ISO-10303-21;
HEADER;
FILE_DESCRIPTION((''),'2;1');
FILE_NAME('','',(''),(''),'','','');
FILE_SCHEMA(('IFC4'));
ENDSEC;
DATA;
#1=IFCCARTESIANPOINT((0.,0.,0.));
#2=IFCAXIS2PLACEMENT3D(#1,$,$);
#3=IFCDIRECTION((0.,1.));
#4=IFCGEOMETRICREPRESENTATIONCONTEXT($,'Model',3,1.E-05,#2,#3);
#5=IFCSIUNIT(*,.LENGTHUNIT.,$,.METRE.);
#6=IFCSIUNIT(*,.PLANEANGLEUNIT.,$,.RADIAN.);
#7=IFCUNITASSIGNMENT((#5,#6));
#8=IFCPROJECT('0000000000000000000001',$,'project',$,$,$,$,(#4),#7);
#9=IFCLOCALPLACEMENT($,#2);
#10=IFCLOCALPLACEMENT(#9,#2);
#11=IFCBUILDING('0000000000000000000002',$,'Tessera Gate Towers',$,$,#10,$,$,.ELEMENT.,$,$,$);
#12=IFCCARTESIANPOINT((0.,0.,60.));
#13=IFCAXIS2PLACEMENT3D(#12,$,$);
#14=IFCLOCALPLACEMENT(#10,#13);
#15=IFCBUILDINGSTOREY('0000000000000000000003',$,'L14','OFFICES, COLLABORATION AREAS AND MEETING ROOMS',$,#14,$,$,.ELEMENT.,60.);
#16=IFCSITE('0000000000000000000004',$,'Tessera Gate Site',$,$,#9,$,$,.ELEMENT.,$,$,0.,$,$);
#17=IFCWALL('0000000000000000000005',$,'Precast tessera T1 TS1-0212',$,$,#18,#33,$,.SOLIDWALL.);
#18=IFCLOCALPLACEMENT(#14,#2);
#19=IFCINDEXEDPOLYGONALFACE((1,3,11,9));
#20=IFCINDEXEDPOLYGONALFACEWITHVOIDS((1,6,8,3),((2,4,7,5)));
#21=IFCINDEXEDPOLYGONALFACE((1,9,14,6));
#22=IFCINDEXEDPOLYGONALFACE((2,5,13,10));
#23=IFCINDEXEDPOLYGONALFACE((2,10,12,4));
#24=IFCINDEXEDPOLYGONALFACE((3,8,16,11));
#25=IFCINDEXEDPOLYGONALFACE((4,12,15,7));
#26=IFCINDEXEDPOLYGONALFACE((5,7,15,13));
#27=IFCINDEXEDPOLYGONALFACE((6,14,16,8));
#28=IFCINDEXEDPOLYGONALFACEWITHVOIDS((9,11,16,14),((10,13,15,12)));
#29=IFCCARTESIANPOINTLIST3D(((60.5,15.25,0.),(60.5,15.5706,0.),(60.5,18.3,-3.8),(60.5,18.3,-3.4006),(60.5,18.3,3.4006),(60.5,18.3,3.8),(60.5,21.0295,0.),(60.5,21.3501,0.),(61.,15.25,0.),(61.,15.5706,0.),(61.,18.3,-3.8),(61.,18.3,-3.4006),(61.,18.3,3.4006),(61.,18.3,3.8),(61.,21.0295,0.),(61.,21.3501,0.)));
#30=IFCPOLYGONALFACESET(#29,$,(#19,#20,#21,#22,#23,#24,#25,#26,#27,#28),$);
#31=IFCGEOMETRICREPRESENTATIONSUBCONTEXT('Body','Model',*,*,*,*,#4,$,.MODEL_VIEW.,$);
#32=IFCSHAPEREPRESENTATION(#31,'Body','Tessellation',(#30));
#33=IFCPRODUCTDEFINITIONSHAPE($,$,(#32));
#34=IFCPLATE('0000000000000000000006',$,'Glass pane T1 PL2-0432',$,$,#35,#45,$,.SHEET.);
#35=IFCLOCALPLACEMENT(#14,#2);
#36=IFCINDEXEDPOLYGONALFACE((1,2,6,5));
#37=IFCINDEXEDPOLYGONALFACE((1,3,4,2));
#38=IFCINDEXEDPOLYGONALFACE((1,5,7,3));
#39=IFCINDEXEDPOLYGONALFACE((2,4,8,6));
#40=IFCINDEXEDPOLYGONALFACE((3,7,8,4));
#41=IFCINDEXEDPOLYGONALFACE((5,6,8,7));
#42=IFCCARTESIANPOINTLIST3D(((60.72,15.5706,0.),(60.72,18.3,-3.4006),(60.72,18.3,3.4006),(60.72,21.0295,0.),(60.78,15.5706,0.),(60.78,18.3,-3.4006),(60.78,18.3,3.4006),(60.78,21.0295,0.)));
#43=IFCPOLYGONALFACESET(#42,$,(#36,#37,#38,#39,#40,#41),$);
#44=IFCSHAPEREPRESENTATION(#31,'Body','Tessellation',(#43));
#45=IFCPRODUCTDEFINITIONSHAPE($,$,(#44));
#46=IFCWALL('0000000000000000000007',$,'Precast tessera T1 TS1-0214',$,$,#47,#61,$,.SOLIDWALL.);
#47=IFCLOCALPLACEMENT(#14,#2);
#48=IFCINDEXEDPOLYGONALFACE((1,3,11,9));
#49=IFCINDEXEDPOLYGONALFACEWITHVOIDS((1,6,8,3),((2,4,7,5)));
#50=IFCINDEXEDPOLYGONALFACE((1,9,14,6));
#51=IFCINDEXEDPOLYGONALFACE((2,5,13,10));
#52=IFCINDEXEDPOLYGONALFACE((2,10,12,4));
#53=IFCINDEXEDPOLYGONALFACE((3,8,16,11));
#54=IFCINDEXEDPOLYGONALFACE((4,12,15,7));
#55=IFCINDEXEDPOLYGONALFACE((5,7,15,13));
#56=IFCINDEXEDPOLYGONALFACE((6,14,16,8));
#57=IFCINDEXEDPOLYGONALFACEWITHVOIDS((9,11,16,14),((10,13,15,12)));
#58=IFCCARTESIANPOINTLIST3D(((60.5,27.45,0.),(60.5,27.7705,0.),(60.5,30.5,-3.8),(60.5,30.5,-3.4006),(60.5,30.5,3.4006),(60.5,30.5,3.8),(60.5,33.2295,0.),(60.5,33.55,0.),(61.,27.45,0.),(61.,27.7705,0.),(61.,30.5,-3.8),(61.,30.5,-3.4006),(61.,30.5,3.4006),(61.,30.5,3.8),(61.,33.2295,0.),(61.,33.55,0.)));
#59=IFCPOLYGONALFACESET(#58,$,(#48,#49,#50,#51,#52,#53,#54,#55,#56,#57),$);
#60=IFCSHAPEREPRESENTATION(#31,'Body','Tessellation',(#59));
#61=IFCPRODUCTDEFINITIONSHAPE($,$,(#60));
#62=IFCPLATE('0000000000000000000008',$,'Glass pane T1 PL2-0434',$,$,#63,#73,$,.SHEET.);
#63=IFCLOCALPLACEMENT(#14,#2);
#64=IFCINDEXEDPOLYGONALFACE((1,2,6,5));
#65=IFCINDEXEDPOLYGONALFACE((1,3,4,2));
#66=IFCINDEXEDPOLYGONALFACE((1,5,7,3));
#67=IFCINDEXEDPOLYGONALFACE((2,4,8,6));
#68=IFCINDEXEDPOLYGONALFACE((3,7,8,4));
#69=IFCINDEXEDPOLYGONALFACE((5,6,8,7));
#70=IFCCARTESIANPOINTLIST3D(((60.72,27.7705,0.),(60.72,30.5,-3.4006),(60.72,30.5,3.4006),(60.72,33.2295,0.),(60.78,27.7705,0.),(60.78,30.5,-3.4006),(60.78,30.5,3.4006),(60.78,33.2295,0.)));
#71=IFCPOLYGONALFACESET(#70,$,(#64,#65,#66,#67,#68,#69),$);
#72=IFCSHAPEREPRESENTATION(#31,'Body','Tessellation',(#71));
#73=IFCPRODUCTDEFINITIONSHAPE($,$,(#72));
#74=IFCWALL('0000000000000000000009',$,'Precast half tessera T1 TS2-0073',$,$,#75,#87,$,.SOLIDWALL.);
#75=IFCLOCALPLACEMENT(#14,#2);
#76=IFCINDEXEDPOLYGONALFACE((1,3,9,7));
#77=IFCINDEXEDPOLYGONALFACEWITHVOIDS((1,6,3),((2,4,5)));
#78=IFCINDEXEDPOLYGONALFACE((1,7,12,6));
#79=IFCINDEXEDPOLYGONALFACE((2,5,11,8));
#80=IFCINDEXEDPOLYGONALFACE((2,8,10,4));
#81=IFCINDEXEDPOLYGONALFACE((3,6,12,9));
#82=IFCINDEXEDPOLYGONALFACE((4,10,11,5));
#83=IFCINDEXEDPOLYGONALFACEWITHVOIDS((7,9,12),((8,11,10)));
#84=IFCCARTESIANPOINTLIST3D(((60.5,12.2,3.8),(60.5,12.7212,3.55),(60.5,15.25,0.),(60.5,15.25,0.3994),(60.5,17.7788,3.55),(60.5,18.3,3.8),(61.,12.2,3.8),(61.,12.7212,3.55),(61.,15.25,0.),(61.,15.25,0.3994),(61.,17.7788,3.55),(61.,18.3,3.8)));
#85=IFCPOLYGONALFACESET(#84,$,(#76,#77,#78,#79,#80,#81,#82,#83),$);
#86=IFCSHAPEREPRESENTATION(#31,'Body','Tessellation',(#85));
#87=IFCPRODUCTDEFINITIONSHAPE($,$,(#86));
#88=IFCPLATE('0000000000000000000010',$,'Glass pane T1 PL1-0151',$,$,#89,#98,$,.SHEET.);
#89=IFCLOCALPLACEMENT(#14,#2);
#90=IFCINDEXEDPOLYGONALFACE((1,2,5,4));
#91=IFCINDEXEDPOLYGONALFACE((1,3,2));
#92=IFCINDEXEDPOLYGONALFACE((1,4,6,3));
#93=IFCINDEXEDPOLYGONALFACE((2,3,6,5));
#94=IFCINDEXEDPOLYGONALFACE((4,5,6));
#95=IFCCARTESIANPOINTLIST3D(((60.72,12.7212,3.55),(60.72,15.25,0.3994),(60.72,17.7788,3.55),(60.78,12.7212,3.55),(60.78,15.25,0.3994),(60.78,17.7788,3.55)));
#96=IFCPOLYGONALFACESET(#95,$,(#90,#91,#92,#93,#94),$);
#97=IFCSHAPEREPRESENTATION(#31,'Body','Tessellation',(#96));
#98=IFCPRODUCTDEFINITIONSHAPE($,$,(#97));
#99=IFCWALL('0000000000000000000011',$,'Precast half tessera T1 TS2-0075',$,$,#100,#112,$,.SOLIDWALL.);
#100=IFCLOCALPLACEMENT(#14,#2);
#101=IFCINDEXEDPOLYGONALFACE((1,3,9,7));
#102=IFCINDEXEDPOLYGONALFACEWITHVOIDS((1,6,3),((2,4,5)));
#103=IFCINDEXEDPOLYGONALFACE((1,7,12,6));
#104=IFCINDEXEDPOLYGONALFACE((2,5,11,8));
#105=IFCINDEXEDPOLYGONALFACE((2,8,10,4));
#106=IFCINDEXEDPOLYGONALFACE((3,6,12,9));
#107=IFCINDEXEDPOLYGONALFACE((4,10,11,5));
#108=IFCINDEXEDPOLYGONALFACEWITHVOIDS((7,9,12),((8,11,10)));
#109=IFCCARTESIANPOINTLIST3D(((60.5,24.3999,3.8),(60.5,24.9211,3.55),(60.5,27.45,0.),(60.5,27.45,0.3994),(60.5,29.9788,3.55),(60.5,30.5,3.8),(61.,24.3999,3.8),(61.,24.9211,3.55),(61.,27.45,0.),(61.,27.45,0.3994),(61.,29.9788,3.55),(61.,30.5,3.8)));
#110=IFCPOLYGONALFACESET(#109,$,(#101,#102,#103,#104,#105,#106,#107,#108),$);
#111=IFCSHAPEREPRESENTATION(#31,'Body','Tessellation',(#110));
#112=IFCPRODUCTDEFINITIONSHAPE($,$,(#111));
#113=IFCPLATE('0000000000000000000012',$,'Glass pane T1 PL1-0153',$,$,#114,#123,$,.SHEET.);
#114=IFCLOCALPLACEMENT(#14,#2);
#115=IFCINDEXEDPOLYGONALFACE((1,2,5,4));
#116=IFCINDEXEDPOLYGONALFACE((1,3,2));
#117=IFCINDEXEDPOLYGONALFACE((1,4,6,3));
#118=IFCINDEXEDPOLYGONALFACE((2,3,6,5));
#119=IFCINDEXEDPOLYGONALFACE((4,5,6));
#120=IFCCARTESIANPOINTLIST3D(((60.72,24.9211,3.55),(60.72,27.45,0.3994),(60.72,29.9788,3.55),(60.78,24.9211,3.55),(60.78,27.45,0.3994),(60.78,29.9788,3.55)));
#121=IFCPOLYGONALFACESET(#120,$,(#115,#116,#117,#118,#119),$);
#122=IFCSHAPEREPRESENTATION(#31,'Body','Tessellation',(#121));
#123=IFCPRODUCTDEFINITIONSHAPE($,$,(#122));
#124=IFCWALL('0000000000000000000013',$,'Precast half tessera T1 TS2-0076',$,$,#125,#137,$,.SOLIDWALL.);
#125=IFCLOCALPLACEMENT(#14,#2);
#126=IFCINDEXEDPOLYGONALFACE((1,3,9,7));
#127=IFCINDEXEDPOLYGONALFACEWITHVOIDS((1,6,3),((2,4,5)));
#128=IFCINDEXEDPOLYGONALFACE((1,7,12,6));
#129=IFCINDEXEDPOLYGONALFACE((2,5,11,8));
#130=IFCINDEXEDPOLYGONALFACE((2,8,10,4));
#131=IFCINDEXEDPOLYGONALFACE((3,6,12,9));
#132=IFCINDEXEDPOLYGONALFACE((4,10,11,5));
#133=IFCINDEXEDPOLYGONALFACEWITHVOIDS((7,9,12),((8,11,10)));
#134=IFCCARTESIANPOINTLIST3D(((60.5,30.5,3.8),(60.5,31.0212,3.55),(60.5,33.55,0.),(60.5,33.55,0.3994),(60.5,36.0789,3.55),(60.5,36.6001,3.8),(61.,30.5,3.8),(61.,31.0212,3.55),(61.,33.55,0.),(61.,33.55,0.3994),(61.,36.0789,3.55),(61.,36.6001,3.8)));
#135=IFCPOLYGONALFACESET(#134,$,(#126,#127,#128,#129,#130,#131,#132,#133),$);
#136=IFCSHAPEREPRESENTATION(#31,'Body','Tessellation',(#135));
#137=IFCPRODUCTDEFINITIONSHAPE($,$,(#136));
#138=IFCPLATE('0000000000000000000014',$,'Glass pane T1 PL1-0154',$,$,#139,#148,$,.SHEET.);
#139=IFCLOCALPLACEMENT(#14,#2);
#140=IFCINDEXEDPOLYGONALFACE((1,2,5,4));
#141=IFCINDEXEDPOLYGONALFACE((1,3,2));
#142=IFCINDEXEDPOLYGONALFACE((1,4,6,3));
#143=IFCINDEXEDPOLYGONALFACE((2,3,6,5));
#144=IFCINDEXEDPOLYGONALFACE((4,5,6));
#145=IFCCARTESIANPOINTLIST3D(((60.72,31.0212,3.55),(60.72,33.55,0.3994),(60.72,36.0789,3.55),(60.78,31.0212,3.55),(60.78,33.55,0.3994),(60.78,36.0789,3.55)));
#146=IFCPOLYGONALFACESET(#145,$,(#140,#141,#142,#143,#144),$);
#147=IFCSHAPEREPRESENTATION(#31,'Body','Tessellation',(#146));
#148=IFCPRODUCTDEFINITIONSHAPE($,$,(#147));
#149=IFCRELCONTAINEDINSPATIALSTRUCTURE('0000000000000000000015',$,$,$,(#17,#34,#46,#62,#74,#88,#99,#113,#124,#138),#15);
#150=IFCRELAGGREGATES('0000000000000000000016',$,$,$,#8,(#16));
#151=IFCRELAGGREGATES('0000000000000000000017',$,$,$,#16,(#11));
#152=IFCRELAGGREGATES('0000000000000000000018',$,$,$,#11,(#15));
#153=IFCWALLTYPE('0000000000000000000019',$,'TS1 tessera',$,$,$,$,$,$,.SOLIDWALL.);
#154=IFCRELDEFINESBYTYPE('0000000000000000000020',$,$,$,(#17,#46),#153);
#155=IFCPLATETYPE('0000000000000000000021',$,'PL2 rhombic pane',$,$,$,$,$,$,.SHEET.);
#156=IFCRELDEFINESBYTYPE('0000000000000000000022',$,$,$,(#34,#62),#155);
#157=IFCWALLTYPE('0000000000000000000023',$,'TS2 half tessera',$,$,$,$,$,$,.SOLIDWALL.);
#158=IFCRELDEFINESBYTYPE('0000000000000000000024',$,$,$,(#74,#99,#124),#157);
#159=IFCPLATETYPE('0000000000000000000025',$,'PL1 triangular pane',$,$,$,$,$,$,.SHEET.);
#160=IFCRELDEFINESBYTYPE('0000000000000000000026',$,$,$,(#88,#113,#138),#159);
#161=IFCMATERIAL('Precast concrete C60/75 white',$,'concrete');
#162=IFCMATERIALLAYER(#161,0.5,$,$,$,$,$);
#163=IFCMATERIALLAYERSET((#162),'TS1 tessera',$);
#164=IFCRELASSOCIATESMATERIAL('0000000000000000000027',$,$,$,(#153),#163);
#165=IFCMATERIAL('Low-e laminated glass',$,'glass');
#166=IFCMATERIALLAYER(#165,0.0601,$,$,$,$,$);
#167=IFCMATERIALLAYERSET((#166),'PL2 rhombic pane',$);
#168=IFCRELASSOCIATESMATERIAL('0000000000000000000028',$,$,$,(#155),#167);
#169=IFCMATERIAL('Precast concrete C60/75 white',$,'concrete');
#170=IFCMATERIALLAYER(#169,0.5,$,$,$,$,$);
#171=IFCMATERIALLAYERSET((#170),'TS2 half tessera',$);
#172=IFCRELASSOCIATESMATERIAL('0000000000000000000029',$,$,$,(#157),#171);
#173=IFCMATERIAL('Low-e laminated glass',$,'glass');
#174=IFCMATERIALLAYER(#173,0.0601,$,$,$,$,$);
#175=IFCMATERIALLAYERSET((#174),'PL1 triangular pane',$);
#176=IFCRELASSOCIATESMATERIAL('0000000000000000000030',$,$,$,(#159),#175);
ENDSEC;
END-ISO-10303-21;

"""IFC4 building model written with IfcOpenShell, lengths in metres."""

from ifc_helpers import new_model, si_unit, direction, frame, origin, place, context, subcontext, project, spatial, polyline, outline, extrude, source, transform, mapped, material, layer, layer_set, type_object, element, fill, save


model = new_model("IFC4")

# Units and contexts
model_context = context("Model", 3, precision=1e-05, world=origin(), true_north=direction((0.0, 1.0)))
body_context = subcontext(model_context, "Body", "Model", "MODEL_VIEW")
ifc_project = project(units=[si_unit("LENGTHUNIT", "METRE"), si_unit("PLANEANGLEUNIT", "RADIAN")], contexts=[model_context])

# Site, building, storey
site_placement = place(None, origin())
site = spatial("IfcSite", under=ifc_project, at=site_placement, Name="Tessera Gate Site", CompositionType="ELEMENT", RefElevation=0.0)
building_placement = place(site_placement, origin())
building = spatial("IfcBuilding", under=site, at=building_placement, Name="Tessera Gate Towers", CompositionType="ELEMENT")
storey_placement = place(building_placement, frame((0.0, 0.0, 60.0)))
storey = spatial("IfcBuildingStorey", under=building, at=storey_placement, Name="L14", Description="OFFICES, COLLABORATION AREAS AND MEETING ROOMS", CompositionType="ELEMENT", Elevation=60.0)

# Walls, openings, plates
ifc_material_1 = material(Name="Precast concrete C60/75 white", Category="concrete")
ifc_layer_1 = layer(ifc_material_1, 0.5)
ifc_layer_set_1 = layer_set([ifc_layer_1], Name="TS1 tessera")
wall_type_1 = type_object("IfcWallType", Name="TS1 tessera", PredefinedType="SOLIDWALL", material=ifc_layer_set_1)
shared_shape_1 = source(origin(), body_context, "Body", "SweptSolid", [
    extrude(outline(polyline([(3.05, 0.0), (6.1001, 3.8), (3.05, 7.6001), (0.0, 3.8), (3.05, 0.0)])), frame((0.0, 0.25, 0.0), z_axis=(0.0, -1.0, 0.0), x_axis=(1.0, 0.0, 0.0)), (0.0, 0.0, 1.0), 0.5),
])
shared_shape_2 = source(origin(), body_context, "Body", "SweptSolid", [
    extrude(outline(polyline([(3.05, 0.3994), (5.7795, 3.8), (3.05, 7.2007), (0.3206, 3.8), (3.05, 0.3994)])), frame((0.0, 0.26, 0.0), z_axis=(0.0, -1.0, 0.0), x_axis=(1.0, 0.0, 0.0)), (0.0, 0.0, 1.0), 0.52),
])
ifc_material_2 = material(Name="Low-e laminated glass", Category="glass")
ifc_layer_2 = layer(ifc_material_2, 0.0601)
ifc_layer_set_2 = layer_set([ifc_layer_2], Name="PL2 rhombic pane")
plate_type_1 = type_object("IfcPlateType", Name="PL2 rhombic pane", PredefinedType="SHEET", material=ifc_layer_set_2)
shared_shape_3 = source(origin(), body_context, "Body", "SweptSolid", [
    extrude(outline(polyline([(3.05, 0.3994), (5.7795, 3.8), (3.05, 7.2007), (0.3206, 3.8), (3.05, 0.3994)])), frame((0.0, 0.03, 0.0), z_axis=(0.0, -1.0, 0.0), x_axis=(1.0, 0.0, 0.0)), (0.0, 0.0, 1.0), 0.0601),
])
wall_1_placement = place(storey_placement, frame((60.75, 15.25, -3.8), z_axis=(0.0, 0.0, 1.0), x_axis=(0.0, 1.0, 0.0)))
wall_1 = element("IfcWall", 1, at=wall_1_placement, inside=storey, type_object=wall_type_1, Name="Precast tessera T1 TS1-0212", PredefinedType="SOLIDWALL", context=body_context, shape_type="MappedRepresentation", body=[
    mapped(shared_shape_1, transform((0.0, 0.0, 0.0), scale=1.0)),
])
opening_1_placement = place(wall_1_placement, origin())
opening_1 = element("IfcOpeningElement", 2, at=opening_1_placement, cuts=wall_1, PredefinedType="OPENING", context=body_context, shape_type="MappedRepresentation", body=[
    mapped(shared_shape_2, transform((0.0, 0.0, 0.0), scale=1.0)),
])
plate_1_placement = place(opening_1_placement, origin())
plate_1 = element("IfcPlate", 3, at=plate_1_placement, inside=storey, type_object=plate_type_1, Name="Glass pane T1 PL2-0432", PredefinedType="SHEET", context=body_context, shape_type="MappedRepresentation", body=[
    mapped(shared_shape_3, transform((0.0, 0.0, 0.0), scale=1.0)),
])
fill(opening_1, plate_1)
wall_2_placement = place(storey_placement, frame((60.75, 27.45, -3.8), z_axis=(0.0, 0.0, 1.0), x_axis=(0.0, 1.0, 0.0)))
wall_2 = element("IfcWall", 4, at=wall_2_placement, inside=storey, type_object=wall_type_1, Name="Precast tessera T1 TS1-0214", PredefinedType="SOLIDWALL", context=body_context, shape_type="MappedRepresentation", body=[
    mapped(shared_shape_1, transform((0.0, 0.0, 0.0), scale=1.0)),
])
opening_2_placement = place(wall_2_placement, origin())
opening_2 = element("IfcOpeningElement", 5, at=opening_2_placement, cuts=wall_2, PredefinedType="OPENING", context=body_context, shape_type="MappedRepresentation", body=[
    mapped(shared_shape_2, transform((0.0, 0.0, 0.0), scale=1.0)),
])
plate_2_placement = place(opening_2_placement, origin())
plate_2 = element("IfcPlate", 6, at=plate_2_placement, inside=storey, type_object=plate_type_1, Name="Glass pane T1 PL2-0434", PredefinedType="SHEET", context=body_context, shape_type="MappedRepresentation", body=[
    mapped(shared_shape_3, transform((0.0, 0.0, 0.0), scale=1.0)),
])
fill(opening_2, plate_2)
ifc_material_3 = material(Name="Precast concrete C60/75 white", Category="concrete")
ifc_layer_3 = layer(ifc_material_3, 0.5)
ifc_layer_set_3 = layer_set([ifc_layer_3], Name="TS2 half tessera")
wall_type_2 = type_object("IfcWallType", Name="TS2 half tessera", PredefinedType="SOLIDWALL", material=ifc_layer_set_3)
shared_shape_4 = source(origin(), body_context, "Body", "SweptSolid", [
    extrude(outline(polyline([(3.05, 0.0), (6.1001, 3.8), (0.0, 3.8), (3.05, 0.0)])), frame((0.0, 0.25, 0.0), z_axis=(0.0, -1.0, 0.0), x_axis=(1.0, 0.0, 0.0)), (0.0, 0.0, 1.0), 0.5),
])
wall_3_placement = place(storey_placement, frame((60.75, 12.2, 0.0), z_axis=(0.0, 0.0, 1.0), x_axis=(0.0, 1.0, 0.0)))
wall_3 = element("IfcWall", 7, at=wall_3_placement, inside=storey, type_object=wall_type_2, Name="Precast half tessera T1 TS2-0073", PredefinedType="SOLIDWALL", context=body_context, shape_type="MappedRepresentation", body=[
    mapped(shared_shape_4, transform((0.0, 0.0, 0.0), scale=1.0)),
])
shared_shape_5 = source(origin(), body_context, "Body", "SweptSolid", [
    extrude(outline(polyline([(3.05, 0.3994), (5.5789, 3.55), (0.5212, 3.55), (3.05, 0.3994)])), frame((0.0, 0.26, 0.0), z_axis=(0.0, -1.0, 0.0), x_axis=(1.0, 0.0, 0.0)), (0.0, 0.0, 1.0), 0.52),
])
opening_3_placement = place(wall_3_placement, origin())
opening_3 = element("IfcOpeningElement", 8, at=opening_3_placement, cuts=wall_3, PredefinedType="OPENING", context=body_context, shape_type="MappedRepresentation", body=[
    mapped(shared_shape_5, transform((0.0, 0.0, 0.0), scale=1.0)),
])
ifc_material_4 = material(Name="Low-e laminated glass", Category="glass")
ifc_layer_4 = layer(ifc_material_4, 0.0601)
ifc_layer_set_4 = layer_set([ifc_layer_4], Name="PL1 triangular pane")
plate_type_2 = type_object("IfcPlateType", Name="PL1 triangular pane", PredefinedType="SHEET", material=ifc_layer_set_4)
shared_shape_6 = source(origin(), body_context, "Body", "SweptSolid", [
    extrude(outline(polyline([(3.05, 0.3994), (5.5789, 3.55), (0.5212, 3.55), (3.05, 0.3994)])), frame((0.0, 0.03, 0.0), z_axis=(0.0, -1.0, 0.0), x_axis=(1.0, 0.0, 0.0)), (0.0, 0.0, 1.0), 0.0601),
])
plate_3_placement = place(opening_3_placement, origin())
plate_3 = element("IfcPlate", 9, at=plate_3_placement, inside=storey, type_object=plate_type_2, Name="Glass pane T1 PL1-0151", PredefinedType="SHEET", context=body_context, shape_type="MappedRepresentation", body=[
    mapped(shared_shape_6, transform((0.0, 0.0, 0.0), scale=1.0)),
])
fill(opening_3, plate_3)
wall_4_placement = place(storey_placement, frame((60.75, 24.3999, 0.0), z_axis=(0.0, 0.0, 1.0), x_axis=(0.0, 1.0, 0.0)))
wall_4 = element("IfcWall", 10, at=wall_4_placement, inside=storey, type_object=wall_type_2, Name="Precast half tessera T1 TS2-0075", PredefinedType="SOLIDWALL", context=body_context, shape_type="MappedRepresentation", body=[
    mapped(shared_shape_4, transform((0.0, 0.0, 0.0), scale=1.0)),
])
opening_4_placement = place(wall_4_placement, origin())
opening_4 = element("IfcOpeningElement", 11, at=opening_4_placement, cuts=wall_4, PredefinedType="OPENING", context=body_context, shape_type="MappedRepresentation", body=[
    mapped(shared_shape_5, transform((0.0, 0.0, 0.0), scale=1.0)),
])
plate_4_placement = place(opening_4_placement, origin())
plate_4 = element("IfcPlate", 12, at=plate_4_placement, inside=storey, type_object=plate_type_2, Name="Glass pane T1 PL1-0153", PredefinedType="SHEET", context=body_context, shape_type="MappedRepresentation", body=[
    mapped(shared_shape_6, transform((0.0, 0.0, 0.0), scale=1.0)),
])
fill(opening_4, plate_4)
wall_5_placement = place(storey_placement, frame((60.75, 30.5, 0.0), z_axis=(0.0, 0.0, 1.0), x_axis=(0.0, 1.0, 0.0)))
wall_5 = element("IfcWall", 13, at=wall_5_placement, inside=storey, type_object=wall_type_2, Name="Precast half tessera T1 TS2-0076", PredefinedType="SOLIDWALL", context=body_context, shape_type="MappedRepresentation", body=[
    mapped(shared_shape_4, transform((0.0, 0.0, 0.0), scale=1.0)),
])
opening_5_placement = place(wall_5_placement, origin())
opening_5 = element("IfcOpeningElement", 14, at=opening_5_placement, cuts=wall_5, PredefinedType="OPENING", context=body_context, shape_type="MappedRepresentation", body=[
    mapped(shared_shape_5, transform((0.0, 0.0, 0.0), scale=1.0)),
])
plate_5_placement = place(opening_5_placement, origin())
plate_5 = element("IfcPlate", 15, at=plate_5_placement, inside=storey, type_object=plate_type_2, Name="Glass pane T1 PL1-0154", PredefinedType="SHEET", context=body_context, shape_type="MappedRepresentation", body=[
    mapped(shared_shape_6, transform((0.0, 0.0, 0.0), scale=1.0)),
])
fill(opening_5, plate_5)

save(model, "model.ifc")
